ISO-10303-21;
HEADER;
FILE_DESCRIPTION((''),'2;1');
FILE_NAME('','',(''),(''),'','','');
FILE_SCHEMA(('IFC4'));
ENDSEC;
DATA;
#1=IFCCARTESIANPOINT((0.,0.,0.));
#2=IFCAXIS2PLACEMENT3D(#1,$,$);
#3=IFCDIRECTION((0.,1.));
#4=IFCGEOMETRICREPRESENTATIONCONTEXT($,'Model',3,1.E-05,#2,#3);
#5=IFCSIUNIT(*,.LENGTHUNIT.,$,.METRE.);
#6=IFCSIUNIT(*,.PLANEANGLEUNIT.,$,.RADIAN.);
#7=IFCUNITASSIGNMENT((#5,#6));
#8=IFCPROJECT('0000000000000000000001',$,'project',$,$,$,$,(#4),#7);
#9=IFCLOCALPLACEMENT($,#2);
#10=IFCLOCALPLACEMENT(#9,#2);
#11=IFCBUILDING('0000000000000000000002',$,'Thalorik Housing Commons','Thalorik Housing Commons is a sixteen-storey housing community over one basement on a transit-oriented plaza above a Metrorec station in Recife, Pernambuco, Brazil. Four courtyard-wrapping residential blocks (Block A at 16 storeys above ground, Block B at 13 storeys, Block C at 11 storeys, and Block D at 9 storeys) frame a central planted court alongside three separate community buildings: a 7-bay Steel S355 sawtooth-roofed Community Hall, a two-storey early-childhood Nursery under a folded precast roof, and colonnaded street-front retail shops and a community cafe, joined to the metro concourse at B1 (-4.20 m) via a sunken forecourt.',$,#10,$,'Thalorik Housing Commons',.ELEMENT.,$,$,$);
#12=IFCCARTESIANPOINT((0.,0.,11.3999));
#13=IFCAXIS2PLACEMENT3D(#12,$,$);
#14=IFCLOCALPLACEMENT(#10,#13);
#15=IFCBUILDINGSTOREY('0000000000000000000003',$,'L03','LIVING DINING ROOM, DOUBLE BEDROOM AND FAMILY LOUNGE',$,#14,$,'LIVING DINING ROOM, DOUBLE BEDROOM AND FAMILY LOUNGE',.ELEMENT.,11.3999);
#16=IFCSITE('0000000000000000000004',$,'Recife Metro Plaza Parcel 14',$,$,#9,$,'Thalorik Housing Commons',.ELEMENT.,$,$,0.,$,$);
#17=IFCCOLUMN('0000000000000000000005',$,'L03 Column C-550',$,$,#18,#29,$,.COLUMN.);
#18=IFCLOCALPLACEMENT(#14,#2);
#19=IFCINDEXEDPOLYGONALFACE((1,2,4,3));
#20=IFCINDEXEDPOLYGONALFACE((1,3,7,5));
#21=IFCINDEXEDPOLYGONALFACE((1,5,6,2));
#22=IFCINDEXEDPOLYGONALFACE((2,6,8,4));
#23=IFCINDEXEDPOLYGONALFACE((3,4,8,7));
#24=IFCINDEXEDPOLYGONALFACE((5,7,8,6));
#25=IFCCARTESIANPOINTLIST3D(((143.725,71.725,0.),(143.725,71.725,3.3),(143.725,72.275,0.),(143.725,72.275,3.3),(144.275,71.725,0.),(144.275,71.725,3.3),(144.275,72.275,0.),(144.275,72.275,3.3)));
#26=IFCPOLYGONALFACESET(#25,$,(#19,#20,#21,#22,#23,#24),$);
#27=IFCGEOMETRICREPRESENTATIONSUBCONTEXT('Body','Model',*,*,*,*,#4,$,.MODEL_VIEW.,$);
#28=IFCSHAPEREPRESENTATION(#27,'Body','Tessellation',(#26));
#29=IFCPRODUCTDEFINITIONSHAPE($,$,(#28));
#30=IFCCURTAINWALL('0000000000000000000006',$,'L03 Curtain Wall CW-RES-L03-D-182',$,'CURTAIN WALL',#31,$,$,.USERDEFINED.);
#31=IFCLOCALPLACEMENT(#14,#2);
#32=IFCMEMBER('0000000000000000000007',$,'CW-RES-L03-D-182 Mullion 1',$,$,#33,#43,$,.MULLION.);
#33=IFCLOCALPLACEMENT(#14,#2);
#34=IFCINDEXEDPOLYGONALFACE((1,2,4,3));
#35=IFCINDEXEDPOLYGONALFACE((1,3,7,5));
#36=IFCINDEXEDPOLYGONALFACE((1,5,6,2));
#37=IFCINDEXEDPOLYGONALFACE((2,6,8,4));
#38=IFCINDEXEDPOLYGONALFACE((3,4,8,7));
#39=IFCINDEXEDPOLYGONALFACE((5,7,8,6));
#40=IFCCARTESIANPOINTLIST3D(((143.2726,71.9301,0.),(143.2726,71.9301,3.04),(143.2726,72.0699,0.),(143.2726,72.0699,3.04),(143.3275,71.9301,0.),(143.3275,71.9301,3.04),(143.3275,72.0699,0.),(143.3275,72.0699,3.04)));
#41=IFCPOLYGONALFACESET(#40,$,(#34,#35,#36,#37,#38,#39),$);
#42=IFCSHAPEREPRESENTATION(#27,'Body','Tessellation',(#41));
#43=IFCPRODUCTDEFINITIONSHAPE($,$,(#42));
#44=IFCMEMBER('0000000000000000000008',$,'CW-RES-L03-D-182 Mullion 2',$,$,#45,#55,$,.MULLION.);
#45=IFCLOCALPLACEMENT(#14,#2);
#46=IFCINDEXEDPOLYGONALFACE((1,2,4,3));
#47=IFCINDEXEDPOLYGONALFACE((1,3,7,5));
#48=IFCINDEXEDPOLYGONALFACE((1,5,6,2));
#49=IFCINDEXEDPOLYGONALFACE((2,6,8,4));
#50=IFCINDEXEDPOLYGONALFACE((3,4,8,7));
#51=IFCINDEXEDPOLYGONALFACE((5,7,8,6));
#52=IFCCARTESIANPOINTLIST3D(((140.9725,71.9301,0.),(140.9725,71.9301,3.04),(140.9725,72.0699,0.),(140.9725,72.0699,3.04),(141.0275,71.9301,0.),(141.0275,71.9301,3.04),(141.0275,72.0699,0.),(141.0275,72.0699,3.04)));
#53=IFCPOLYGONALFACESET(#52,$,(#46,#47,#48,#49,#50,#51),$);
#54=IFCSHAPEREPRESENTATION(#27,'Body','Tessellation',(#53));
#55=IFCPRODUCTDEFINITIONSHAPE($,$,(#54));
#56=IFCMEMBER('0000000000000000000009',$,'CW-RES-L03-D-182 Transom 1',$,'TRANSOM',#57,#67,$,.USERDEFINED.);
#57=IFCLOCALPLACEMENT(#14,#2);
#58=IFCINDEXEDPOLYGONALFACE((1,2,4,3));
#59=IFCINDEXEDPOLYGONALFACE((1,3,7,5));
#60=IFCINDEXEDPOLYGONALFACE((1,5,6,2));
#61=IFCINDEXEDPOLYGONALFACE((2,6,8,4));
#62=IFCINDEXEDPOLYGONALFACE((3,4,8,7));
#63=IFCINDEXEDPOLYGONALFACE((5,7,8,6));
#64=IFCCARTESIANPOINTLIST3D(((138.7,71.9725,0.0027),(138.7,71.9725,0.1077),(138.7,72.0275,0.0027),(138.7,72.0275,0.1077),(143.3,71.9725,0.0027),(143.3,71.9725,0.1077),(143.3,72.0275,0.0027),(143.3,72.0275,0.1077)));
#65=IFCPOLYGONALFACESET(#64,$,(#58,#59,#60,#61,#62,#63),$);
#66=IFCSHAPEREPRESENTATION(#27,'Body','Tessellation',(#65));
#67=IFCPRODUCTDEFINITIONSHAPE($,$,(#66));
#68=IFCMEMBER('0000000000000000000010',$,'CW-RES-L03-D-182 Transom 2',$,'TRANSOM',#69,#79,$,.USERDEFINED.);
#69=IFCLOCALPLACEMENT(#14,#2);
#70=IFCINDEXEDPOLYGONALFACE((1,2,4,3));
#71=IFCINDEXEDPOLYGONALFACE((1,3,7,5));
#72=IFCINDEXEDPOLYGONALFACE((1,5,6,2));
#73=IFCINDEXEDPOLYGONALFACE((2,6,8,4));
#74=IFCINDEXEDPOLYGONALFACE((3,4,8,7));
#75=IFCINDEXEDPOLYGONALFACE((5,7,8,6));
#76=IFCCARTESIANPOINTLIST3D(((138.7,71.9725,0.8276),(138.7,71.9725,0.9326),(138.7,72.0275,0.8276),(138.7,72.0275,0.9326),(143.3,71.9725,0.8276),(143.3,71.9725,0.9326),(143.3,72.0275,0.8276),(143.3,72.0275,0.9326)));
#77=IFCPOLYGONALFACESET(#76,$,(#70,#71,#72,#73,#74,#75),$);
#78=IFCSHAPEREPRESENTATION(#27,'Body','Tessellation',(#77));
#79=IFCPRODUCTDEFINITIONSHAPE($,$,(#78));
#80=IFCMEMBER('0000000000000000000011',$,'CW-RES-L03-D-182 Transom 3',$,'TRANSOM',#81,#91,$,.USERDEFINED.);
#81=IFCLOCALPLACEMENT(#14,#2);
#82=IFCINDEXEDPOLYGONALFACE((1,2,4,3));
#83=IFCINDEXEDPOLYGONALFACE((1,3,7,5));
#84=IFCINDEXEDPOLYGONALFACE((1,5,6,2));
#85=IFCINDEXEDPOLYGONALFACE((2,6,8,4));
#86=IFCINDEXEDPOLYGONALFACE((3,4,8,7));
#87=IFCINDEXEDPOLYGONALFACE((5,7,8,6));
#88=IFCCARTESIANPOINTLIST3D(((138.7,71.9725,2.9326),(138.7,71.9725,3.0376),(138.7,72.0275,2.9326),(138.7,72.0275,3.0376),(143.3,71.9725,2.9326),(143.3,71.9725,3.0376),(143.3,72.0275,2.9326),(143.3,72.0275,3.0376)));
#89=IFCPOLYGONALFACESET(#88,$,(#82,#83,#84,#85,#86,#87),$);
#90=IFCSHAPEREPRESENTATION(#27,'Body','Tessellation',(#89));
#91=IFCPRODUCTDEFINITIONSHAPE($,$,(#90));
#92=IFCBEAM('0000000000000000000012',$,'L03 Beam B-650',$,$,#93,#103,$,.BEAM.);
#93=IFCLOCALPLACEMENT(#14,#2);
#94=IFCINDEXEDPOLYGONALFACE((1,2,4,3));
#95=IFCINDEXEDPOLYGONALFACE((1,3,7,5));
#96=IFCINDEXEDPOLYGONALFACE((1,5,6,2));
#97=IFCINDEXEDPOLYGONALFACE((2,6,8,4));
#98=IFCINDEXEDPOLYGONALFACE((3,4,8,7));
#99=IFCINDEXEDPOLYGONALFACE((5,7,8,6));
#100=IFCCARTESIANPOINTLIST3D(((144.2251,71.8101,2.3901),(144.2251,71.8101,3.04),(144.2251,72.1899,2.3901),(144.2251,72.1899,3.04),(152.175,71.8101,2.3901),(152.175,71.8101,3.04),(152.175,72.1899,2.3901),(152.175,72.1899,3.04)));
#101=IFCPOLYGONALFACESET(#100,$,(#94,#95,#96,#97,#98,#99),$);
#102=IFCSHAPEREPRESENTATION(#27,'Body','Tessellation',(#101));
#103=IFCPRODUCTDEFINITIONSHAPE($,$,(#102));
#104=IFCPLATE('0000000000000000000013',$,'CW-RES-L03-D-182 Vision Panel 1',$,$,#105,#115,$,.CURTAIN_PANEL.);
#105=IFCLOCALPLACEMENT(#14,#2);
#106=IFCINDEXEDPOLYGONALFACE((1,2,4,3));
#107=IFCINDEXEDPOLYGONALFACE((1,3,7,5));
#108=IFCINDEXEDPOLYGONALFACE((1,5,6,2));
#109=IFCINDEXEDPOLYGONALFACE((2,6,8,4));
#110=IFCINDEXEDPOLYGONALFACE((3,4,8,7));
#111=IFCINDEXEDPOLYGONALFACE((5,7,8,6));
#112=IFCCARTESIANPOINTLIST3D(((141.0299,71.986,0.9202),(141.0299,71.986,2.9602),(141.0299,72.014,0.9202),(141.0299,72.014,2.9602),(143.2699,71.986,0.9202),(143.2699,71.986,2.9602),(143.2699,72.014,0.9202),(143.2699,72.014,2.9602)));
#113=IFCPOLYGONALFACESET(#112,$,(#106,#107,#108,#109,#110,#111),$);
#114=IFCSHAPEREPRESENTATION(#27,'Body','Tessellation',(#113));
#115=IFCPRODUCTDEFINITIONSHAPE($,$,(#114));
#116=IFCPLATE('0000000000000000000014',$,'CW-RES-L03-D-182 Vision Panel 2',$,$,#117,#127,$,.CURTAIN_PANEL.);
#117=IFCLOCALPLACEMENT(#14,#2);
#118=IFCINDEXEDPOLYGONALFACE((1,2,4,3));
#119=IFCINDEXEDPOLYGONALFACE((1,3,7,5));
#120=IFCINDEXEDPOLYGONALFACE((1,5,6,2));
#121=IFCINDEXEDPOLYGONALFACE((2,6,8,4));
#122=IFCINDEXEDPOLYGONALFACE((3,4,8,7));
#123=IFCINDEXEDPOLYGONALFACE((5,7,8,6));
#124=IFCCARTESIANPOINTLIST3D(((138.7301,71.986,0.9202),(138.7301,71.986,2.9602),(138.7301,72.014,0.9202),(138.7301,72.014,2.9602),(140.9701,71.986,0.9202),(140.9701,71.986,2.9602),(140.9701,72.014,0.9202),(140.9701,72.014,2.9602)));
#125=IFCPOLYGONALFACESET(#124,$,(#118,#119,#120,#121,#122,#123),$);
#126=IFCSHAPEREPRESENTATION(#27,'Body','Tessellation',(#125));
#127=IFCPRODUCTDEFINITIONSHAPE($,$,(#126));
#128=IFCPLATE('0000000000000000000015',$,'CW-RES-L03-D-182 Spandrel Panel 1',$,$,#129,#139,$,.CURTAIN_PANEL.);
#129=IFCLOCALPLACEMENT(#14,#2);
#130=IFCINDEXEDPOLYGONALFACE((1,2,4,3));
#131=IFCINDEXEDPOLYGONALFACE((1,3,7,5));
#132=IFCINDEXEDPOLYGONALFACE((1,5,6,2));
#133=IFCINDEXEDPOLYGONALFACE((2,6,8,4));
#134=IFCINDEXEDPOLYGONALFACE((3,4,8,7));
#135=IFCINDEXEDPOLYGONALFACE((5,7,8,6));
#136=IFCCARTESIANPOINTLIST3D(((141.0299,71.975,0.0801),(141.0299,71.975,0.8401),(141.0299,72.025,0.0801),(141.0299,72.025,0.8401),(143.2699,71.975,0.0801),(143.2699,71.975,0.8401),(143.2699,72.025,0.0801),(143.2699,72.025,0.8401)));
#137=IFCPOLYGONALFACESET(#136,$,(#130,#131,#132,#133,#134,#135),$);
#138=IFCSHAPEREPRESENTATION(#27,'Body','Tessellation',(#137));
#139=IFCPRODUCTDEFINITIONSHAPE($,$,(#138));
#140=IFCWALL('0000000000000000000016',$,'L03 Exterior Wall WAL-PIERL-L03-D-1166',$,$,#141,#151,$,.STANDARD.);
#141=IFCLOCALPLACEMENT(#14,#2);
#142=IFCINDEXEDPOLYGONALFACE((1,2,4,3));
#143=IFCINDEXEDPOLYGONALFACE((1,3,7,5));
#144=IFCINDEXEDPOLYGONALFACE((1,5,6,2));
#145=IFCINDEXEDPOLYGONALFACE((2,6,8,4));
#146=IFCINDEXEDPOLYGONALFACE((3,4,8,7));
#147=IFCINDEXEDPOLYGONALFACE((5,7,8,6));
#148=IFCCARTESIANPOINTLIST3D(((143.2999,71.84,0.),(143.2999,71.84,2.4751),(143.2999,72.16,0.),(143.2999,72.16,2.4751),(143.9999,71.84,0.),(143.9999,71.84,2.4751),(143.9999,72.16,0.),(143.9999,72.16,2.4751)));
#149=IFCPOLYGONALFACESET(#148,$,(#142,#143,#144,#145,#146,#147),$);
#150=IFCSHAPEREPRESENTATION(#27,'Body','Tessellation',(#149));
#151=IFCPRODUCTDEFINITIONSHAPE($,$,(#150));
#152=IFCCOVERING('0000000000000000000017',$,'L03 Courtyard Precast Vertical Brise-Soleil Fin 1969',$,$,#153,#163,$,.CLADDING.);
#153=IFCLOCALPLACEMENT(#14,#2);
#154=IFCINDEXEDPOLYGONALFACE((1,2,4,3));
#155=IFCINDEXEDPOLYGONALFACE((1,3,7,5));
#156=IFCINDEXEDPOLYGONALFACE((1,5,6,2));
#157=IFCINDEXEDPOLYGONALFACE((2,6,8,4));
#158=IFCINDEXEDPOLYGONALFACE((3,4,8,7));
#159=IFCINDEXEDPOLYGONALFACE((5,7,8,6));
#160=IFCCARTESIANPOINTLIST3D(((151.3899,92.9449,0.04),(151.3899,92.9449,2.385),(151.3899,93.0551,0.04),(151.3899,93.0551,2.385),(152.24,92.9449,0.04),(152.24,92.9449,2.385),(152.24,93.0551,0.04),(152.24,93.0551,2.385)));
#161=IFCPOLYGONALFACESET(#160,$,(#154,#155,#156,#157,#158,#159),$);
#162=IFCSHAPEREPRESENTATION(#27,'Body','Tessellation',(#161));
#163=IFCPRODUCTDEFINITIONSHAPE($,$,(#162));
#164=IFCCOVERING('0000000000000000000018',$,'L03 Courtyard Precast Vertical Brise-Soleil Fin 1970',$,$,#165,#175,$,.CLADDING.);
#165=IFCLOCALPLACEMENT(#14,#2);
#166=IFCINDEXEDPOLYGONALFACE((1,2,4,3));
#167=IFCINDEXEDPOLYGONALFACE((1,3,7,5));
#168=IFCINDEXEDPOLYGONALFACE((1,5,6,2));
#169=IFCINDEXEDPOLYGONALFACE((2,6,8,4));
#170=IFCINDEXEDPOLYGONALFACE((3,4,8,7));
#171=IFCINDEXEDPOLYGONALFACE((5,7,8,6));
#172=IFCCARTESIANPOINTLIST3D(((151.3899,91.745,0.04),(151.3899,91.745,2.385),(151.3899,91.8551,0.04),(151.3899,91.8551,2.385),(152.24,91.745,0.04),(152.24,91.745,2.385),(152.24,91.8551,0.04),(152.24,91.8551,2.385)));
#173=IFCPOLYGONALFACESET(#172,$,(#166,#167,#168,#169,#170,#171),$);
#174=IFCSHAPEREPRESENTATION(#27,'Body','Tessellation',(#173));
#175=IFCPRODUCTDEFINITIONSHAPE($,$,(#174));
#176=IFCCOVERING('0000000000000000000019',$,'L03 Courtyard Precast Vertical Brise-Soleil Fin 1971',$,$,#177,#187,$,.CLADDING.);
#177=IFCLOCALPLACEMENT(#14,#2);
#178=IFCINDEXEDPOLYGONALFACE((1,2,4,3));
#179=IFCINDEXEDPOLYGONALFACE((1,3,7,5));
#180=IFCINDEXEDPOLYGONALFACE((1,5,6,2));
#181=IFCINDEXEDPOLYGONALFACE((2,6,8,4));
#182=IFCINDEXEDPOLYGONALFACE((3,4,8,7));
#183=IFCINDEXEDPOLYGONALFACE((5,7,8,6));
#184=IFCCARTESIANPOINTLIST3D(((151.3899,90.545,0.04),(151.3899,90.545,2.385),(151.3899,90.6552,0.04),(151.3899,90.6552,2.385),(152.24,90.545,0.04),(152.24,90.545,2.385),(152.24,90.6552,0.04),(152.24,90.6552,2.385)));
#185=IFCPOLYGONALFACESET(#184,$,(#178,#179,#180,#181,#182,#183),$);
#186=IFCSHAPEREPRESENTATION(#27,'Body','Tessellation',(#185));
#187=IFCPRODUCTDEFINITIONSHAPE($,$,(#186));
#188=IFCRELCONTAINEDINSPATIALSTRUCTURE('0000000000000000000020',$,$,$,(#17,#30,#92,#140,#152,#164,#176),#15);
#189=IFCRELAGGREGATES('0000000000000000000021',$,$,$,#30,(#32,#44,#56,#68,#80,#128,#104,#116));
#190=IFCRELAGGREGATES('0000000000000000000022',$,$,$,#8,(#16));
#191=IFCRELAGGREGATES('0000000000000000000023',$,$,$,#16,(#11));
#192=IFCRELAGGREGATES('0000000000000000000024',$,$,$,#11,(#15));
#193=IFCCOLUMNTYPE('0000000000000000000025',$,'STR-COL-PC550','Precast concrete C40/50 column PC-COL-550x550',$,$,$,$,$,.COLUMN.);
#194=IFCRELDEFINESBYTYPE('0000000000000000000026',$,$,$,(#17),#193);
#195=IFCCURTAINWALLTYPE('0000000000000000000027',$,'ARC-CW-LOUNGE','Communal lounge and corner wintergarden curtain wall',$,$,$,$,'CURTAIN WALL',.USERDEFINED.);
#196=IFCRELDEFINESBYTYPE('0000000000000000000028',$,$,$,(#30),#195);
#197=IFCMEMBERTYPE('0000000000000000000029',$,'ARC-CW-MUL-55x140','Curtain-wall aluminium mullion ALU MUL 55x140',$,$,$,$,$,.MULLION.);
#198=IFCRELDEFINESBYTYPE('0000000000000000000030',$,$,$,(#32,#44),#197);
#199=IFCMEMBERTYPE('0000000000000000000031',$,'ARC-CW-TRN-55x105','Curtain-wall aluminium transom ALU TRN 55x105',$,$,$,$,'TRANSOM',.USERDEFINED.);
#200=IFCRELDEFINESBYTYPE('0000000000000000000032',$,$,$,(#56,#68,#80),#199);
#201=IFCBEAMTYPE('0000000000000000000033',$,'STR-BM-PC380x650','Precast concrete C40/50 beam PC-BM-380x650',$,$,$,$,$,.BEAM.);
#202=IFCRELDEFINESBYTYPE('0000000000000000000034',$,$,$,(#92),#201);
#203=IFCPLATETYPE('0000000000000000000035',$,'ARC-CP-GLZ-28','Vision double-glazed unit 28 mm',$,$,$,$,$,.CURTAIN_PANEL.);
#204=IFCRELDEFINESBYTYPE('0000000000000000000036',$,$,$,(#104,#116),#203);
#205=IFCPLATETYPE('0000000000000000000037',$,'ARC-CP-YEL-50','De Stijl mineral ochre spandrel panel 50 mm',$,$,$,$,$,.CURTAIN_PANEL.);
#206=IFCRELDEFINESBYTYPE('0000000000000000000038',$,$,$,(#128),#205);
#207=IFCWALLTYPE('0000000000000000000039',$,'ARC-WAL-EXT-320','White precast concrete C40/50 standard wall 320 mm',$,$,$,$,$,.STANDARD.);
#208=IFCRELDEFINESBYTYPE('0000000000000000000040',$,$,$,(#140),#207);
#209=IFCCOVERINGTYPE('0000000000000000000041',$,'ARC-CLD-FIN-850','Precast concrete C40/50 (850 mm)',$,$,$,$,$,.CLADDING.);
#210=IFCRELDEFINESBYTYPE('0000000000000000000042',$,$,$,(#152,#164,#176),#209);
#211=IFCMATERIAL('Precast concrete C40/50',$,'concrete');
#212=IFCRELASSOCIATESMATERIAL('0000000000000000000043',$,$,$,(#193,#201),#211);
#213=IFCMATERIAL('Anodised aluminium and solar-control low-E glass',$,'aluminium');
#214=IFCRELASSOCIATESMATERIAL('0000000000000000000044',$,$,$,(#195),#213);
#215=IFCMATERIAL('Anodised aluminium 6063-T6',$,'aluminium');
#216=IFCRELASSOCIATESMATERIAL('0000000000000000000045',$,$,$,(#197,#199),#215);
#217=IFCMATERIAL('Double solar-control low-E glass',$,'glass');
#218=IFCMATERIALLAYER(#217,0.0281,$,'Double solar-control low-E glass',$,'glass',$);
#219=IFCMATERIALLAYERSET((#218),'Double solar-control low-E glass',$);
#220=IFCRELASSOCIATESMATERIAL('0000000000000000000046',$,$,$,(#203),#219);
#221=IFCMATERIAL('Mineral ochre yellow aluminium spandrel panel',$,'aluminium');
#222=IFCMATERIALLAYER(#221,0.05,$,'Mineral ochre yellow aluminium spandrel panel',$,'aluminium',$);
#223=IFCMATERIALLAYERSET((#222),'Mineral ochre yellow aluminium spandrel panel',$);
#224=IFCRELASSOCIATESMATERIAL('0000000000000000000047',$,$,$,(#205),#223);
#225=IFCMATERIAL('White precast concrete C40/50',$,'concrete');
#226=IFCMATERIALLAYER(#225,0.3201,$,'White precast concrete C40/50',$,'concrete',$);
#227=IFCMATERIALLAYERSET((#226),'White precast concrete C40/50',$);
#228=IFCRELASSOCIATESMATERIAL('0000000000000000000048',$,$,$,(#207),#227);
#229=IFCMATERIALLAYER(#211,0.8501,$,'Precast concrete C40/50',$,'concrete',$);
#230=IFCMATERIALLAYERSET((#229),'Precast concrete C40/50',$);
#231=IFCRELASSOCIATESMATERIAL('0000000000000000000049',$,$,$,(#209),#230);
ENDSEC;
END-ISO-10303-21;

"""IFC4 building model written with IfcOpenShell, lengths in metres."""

from ifc_helpers import new_model, si_unit, direction, frame, frame_2d, origin, origin_2d, place, context, subcontext, project, spatial, rectangle, extrude, material, layer, layer_set, material_profile, profile_set, type_object, element, aggregate, save


model = new_model("IFC4")

# Units and contexts
model_context = context("Model", 3, precision=1e-05, world=origin(), true_north=direction((0.0, 1.0)))
body_context = subcontext(model_context, "Body", "Model", "MODEL_VIEW")
ifc_project = project(units=[si_unit("LENGTHUNIT", "METRE"), si_unit("PLANEANGLEUNIT", "RADIAN")], contexts=[model_context])

# Site, building, storey
site_placement = place(None, origin())
site = spatial("IfcSite", under=ifc_project, at=site_placement, Name="Recife Metro Plaza Parcel 14", LongName="Thalorik Housing Commons", CompositionType="ELEMENT", RefElevation=0.0)
building_placement = place(site_placement, origin())
building = spatial("IfcBuilding", under=site, at=building_placement, Name="Thalorik Housing Commons", Description="Thalorik Housing Commons is a sixteen-storey housing community over one basement on a transit-oriented plaza above a Metrorec station in Recife, Pernambuco, Brazil. Four courtyard-wrapping residential blocks (Block A at 16 storeys above ground, Block B at 13 storeys, Block C at 11 storeys, and Block D at 9 storeys) frame a central planted court alongside three separate community buildings: a 7-bay Steel S355 sawtooth-roofed Community Hall, a two-storey early-childhood Nursery under a folded precast roof, and colonnaded street-front retail shops and a community cafe, joined to the metro concourse at B1 (-4.20 m) via a sunken forecourt.", LongName="Thalorik Housing Commons", CompositionType="ELEMENT")
storey_placement = place(building_placement, frame((0.0, 0.0, 11.3999)))
storey = spatial("IfcBuildingStorey", under=building, at=storey_placement, Name="L03", Description="LIVING DINING ROOM, DOUBLE BEDROOM AND FAMILY LOUNGE", LongName="LIVING DINING ROOM, DOUBLE BEDROOM AND FAMILY LOUNGE", CompositionType="ELEMENT", Elevation=11.3999)

# Column
ifc_material_1 = material(Name="Precast concrete C40/50", Category="concrete")
ifc_material_profile_1 = material_profile(ifc_material_1, rectangle(XDim=0.55, YDim=0.55, at=origin_2d()), Name="PC 550x550", Category="concrete")
ifc_profile_set_1 = profile_set([ifc_material_profile_1], Name="Precast concrete C40/50")
column_type = type_object("IfcColumnType", Name="STR-COL-PC550", Description="Precast concrete C40/50 column PC-COL-550x550", PredefinedType="COLUMN", material=ifc_profile_set_1)
column_placement = place(storey_placement, frame((144.0, 72.0, 0.0), z_axis=(0.0, 0.0, 1.0), x_axis=(1.0, 0.0, 0.0)))
element("IfcColumn", 1, at=column_placement, inside=storey, type_object=column_type, Name="L03 Column C-550", PredefinedType="COLUMN", context=body_context, shape_type="SweptSolid", body=[
    extrude(rectangle(XDim=0.55, YDim=0.55, at=origin_2d()), origin(), (0.0, 0.0, 1.0), 3.3),
])

# Curtain wall, members
ifc_material_2 = material(Name="Anodised aluminium and solar-control low-E glass", Category="aluminium")
curtain_wall_type = type_object("IfcCurtainWallType", Name="ARC-CW-LOUNGE", Description="Communal lounge and corner wintergarden curtain wall", ElementType="CURTAIN WALL", PredefinedType="USERDEFINED", material=ifc_material_2)
curtain_wall_placement = place(storey_placement, origin())
curtain_wall = element("IfcCurtainWall", 2, at=curtain_wall_placement, inside=storey, type_object=curtain_wall_type, Name="L03 Curtain Wall CW-RES-L03-D-182", ObjectType="CURTAIN WALL", PredefinedType="USERDEFINED")
ifc_material_3 = material(Name="Anodised aluminium 6063-T6", Category="aluminium")
ifc_material_profile_2 = material_profile(ifc_material_3, rectangle(XDim=0.0549, YDim=0.1399, at=origin_2d()), Name="ALU MUL 55x140", Category="aluminium")
ifc_profile_set_2 = profile_set([ifc_material_profile_2], Name="Anodised aluminium 6063-T6")
member_type_1 = type_object("IfcMemberType", Name="ARC-CW-MUL-55x140", Description="Curtain-wall aluminium mullion ALU MUL 55x140", PredefinedType="MULLION", material=ifc_profile_set_2)
member_1_placement = place(storey_placement, frame((143.3, 72.0, 0.0), z_axis=(0.0, 0.0, 1.0), x_axis=(-1.0, 0.0, 0.0)))
member_1 = element("IfcMember", 3, at=member_1_placement, type_object=member_type_1, Name="CW-RES-L03-D-182 Mullion 1", PredefinedType="MULLION", context=body_context, shape_type="SweptSolid", body=[
    extrude(rectangle(XDim=0.0549, YDim=0.1399, at=origin_2d()), origin(), (0.0, 0.0, 1.0), 3.04),
])
member_2_placement = place(storey_placement, frame((141.0, 72.0, 0.0), z_axis=(0.0, 0.0, 1.0), x_axis=(-1.0, 0.0, 0.0)))
member_2 = element("IfcMember", 4, at=member_2_placement, type_object=member_type_1, Name="CW-RES-L03-D-182 Mullion 2", PredefinedType="MULLION", context=body_context, shape_type="SweptSolid", body=[
    extrude(rectangle(XDim=0.0549, YDim=0.1399, at=origin_2d()), origin(), (0.0, 0.0, 1.0), 3.04),
])
ifc_material_profile_3 = material_profile(ifc_material_3, rectangle(XDim=0.0549, YDim=0.105, at=origin_2d()), Name="ALU TRN 55x105", Category="aluminium")
ifc_profile_set_3 = profile_set([ifc_material_profile_3], Name="Anodised aluminium 6063-T6")
member_type_2 = type_object("IfcMemberType", Name="ARC-CW-TRN-55x105", Description="Curtain-wall aluminium transom ALU TRN 55x105", ElementType="TRANSOM", PredefinedType="USERDEFINED", material=ifc_profile_set_3)
member_3_placement = place(storey_placement, frame((143.3, 72.0, 0.0552), z_axis=(-1.0, 0.0, 0.0), x_axis=(0.0, -1.0, 0.0)))
member_3 = element("IfcMember", 5, at=member_3_placement, type_object=member_type_2, Name="CW-RES-L03-D-182 Transom 1", ObjectType="TRANSOM", PredefinedType="USERDEFINED", context=body_context, shape_type="SweptSolid", body=[
    extrude(rectangle(XDim=0.0549, YDim=0.105, at=origin_2d()), origin(), (0.0, 0.0, 1.0), 4.6001),
])
member_4_placement = place(storey_placement, frame((143.3, 72.0, 0.8801), z_axis=(-1.0, 0.0, 0.0), x_axis=(0.0, -1.0, 0.0)))
member_4 = element("IfcMember", 6, at=member_4_placement, type_object=member_type_2, Name="CW-RES-L03-D-182 Transom 2", ObjectType="TRANSOM", PredefinedType="USERDEFINED", context=body_context, shape_type="SweptSolid", body=[
    extrude(rectangle(XDim=0.0549, YDim=0.105, at=origin_2d()), origin(), (0.0, 0.0, 1.0), 4.6001),
])
member_5_placement = place(storey_placement, frame((143.3, 72.0, 2.9851), z_axis=(-1.0, 0.0, 0.0), x_axis=(0.0, -1.0, 0.0)))
member_5 = element("IfcMember", 7, at=member_5_placement, type_object=member_type_2, Name="CW-RES-L03-D-182 Transom 3", ObjectType="TRANSOM", PredefinedType="USERDEFINED", context=body_context, shape_type="SweptSolid", body=[
    extrude(rectangle(XDim=0.0549, YDim=0.105, at=origin_2d()), origin(), (0.0, 0.0, 1.0), 4.6001),
])

# Beam
ifc_material_profile_4 = material_profile(ifc_material_1, rectangle(XDim=0.3799, YDim=0.6499, at=origin_2d()), Name="PC 380x650", Category="concrete")
ifc_profile_set_4 = profile_set([ifc_material_profile_4], Name="Precast concrete C40/50")
beam_type = type_object("IfcBeamType", Name="STR-BM-PC380x650", Description="Precast concrete C40/50 beam PC-BM-380x650", PredefinedType="BEAM", material=ifc_profile_set_4)
beam_placement = place(storey_placement, frame((144.2251, 72.0, 2.7151), z_axis=(1.0, 0.0, 0.0), x_axis=(0.0, 1.0, 0.0)))
element("IfcBeam", 8, at=beam_placement, inside=storey, type_object=beam_type, Name="L03 Beam B-650", PredefinedType="BEAM", context=body_context, shape_type="SweptSolid", body=[
    extrude(rectangle(XDim=0.3799, YDim=0.6499, at=origin_2d()), origin(), (0.0, 0.0, 1.0), 7.95),
])

# Plates
ifc_material_4 = material(Name="Double solar-control low-E glass", Category="glass")
ifc_layer_1 = layer(ifc_material_4, 0.0281, Name="Double solar-control low-E glass", Category="glass")
ifc_layer_set_1 = layer_set([ifc_layer_1], Name="Double solar-control low-E glass")
plate_type_1 = type_object("IfcPlateType", Name="ARC-CP-GLZ-28", Description="Vision double-glazed unit 28 mm", PredefinedType="CURTAIN_PANEL", material=ifc_layer_set_1)
plate_1_placement = place(storey_placement, frame((142.1499, 72.0, 0.9202), z_axis=(0.0, 0.0, 1.0), x_axis=(-1.0, 0.0, 0.0)))
plate_1 = element("IfcPlate", 9, at=plate_1_placement, type_object=plate_type_1, Name="CW-RES-L03-D-182 Vision Panel 1", PredefinedType="CURTAIN_PANEL", context=body_context, shape_type="SweptSolid", body=[
    extrude(rectangle(XDim=2.24, YDim=0.0281, at=origin_2d()), origin(), (0.0, 0.0, 1.0), 2.04),
])
plate_2_placement = place(storey_placement, frame((139.8501, 72.0, 0.9202), z_axis=(0.0, 0.0, 1.0), x_axis=(-1.0, 0.0, 0.0)))
plate_2 = element("IfcPlate", 10, at=plate_2_placement, type_object=plate_type_1, Name="CW-RES-L03-D-182 Vision Panel 2", PredefinedType="CURTAIN_PANEL", context=body_context, shape_type="SweptSolid", body=[
    extrude(rectangle(XDim=2.24, YDim=0.0281, at=origin_2d()), origin(), (0.0, 0.0, 1.0), 2.04),
])
ifc_material_5 = material(Name="Mineral ochre yellow aluminium spandrel panel", Category="aluminium")
ifc_layer_2 = layer(ifc_material_5, 0.05, Name="Mineral ochre yellow aluminium spandrel panel", Category="aluminium")
ifc_layer_set_2 = layer_set([ifc_layer_2], Name="Mineral ochre yellow aluminium spandrel panel")
plate_type_2 = type_object("IfcPlateType", Name="ARC-CP-YEL-50", Description="De Stijl mineral ochre spandrel panel 50 mm", PredefinedType="CURTAIN_PANEL", material=ifc_layer_set_2)
plate_3_placement = place(storey_placement, frame((142.1499, 72.0, 0.0801), z_axis=(0.0, 0.0, 1.0), x_axis=(-1.0, 0.0, 0.0)))
plate_3 = element("IfcPlate", 11, at=plate_3_placement, type_object=plate_type_2, Name="CW-RES-L03-D-182 Spandrel Panel 1", PredefinedType="CURTAIN_PANEL", context=body_context, shape_type="SweptSolid", body=[
    extrude(rectangle(XDim=2.24, YDim=0.05, at=origin_2d()), origin(), (0.0, 0.0, 1.0), 0.76),
])
aggregate(curtain_wall, [member_1, member_2, member_3, member_4, member_5, plate_3, plate_1, plate_2])

# Wall
ifc_material_6 = material(Name="White precast concrete C40/50", Category="concrete")
ifc_layer_3 = layer(ifc_material_6, 0.3201, Name="White precast concrete C40/50", Category="concrete")
ifc_layer_set_3 = layer_set([ifc_layer_3], Name="White precast concrete C40/50")
wall_type = type_object("IfcWallType", Name="ARC-WAL-EXT-320", Description="White precast concrete C40/50 standard wall 320 mm", PredefinedType="STANDARD", material=ifc_layer_set_3)
wall_placement = place(storey_placement, frame((144.0, 72.0, 0.0), z_axis=(0.0, 0.0, 1.0), x_axis=(-1.0, 0.0, 0.0)))
element("IfcWall", 12, at=wall_placement, inside=storey, type_object=wall_type, Name="L03 Exterior Wall WAL-PIERL-L03-D-1166", PredefinedType="STANDARD", context=body_context, shape_type="SweptSolid", body=[
    extrude(rectangle(XDim=0.7, YDim=0.3201, at=frame_2d((0.3501, 0.0))), origin(), (0.0, 0.0, 1.0), 2.4751),
])

# Coverings
ifc_layer_4 = layer(ifc_material_1, 0.8501, Name="Precast concrete C40/50", Category="concrete")
ifc_layer_set_4 = layer_set([ifc_layer_4], Name="Precast concrete C40/50")
covering_type_1 = type_object("IfcCoveringType", Name="ARC-CLD-FIN-850", Description="Precast concrete C40/50 (850 mm)", PredefinedType="CLADDING", material=ifc_layer_set_4)
for number, where, z_axis, x_axis, name in (
    (13, (151.8149, 93.0, 0.04), (0.0, 0.0, 1.0), (0.0, -1.0, 0.0), "L03 Courtyard Precast Vertical Brise-Soleil Fin 1969"),
    (14, (151.8149, 91.8, 0.04), (0.0, 0.0, 1.0), (0.0, -1.0, 0.0), "L03 Courtyard Precast Vertical Brise-Soleil Fin 1970"),
    (15, (151.8149, 90.6001, 0.04), (0.0, 0.0, 1.0), (0.0, -1.0, 0.0), "L03 Courtyard Precast Vertical Brise-Soleil Fin 1971"),
):
    element("IfcCovering", number, at=place(storey_placement, frame(where, z_axis=z_axis, x_axis=x_axis)), inside=storey, type_object=covering_type_1, Name=name, PredefinedType="CLADDING", context=body_context, shape_type="SweptSolid", body=[
        extrude(rectangle(XDim=0.1101, YDim=0.8501, at=origin_2d()), origin(), (0.0, 0.0, 1.0), 2.345),
    ])

save(model, "model.ifc")
